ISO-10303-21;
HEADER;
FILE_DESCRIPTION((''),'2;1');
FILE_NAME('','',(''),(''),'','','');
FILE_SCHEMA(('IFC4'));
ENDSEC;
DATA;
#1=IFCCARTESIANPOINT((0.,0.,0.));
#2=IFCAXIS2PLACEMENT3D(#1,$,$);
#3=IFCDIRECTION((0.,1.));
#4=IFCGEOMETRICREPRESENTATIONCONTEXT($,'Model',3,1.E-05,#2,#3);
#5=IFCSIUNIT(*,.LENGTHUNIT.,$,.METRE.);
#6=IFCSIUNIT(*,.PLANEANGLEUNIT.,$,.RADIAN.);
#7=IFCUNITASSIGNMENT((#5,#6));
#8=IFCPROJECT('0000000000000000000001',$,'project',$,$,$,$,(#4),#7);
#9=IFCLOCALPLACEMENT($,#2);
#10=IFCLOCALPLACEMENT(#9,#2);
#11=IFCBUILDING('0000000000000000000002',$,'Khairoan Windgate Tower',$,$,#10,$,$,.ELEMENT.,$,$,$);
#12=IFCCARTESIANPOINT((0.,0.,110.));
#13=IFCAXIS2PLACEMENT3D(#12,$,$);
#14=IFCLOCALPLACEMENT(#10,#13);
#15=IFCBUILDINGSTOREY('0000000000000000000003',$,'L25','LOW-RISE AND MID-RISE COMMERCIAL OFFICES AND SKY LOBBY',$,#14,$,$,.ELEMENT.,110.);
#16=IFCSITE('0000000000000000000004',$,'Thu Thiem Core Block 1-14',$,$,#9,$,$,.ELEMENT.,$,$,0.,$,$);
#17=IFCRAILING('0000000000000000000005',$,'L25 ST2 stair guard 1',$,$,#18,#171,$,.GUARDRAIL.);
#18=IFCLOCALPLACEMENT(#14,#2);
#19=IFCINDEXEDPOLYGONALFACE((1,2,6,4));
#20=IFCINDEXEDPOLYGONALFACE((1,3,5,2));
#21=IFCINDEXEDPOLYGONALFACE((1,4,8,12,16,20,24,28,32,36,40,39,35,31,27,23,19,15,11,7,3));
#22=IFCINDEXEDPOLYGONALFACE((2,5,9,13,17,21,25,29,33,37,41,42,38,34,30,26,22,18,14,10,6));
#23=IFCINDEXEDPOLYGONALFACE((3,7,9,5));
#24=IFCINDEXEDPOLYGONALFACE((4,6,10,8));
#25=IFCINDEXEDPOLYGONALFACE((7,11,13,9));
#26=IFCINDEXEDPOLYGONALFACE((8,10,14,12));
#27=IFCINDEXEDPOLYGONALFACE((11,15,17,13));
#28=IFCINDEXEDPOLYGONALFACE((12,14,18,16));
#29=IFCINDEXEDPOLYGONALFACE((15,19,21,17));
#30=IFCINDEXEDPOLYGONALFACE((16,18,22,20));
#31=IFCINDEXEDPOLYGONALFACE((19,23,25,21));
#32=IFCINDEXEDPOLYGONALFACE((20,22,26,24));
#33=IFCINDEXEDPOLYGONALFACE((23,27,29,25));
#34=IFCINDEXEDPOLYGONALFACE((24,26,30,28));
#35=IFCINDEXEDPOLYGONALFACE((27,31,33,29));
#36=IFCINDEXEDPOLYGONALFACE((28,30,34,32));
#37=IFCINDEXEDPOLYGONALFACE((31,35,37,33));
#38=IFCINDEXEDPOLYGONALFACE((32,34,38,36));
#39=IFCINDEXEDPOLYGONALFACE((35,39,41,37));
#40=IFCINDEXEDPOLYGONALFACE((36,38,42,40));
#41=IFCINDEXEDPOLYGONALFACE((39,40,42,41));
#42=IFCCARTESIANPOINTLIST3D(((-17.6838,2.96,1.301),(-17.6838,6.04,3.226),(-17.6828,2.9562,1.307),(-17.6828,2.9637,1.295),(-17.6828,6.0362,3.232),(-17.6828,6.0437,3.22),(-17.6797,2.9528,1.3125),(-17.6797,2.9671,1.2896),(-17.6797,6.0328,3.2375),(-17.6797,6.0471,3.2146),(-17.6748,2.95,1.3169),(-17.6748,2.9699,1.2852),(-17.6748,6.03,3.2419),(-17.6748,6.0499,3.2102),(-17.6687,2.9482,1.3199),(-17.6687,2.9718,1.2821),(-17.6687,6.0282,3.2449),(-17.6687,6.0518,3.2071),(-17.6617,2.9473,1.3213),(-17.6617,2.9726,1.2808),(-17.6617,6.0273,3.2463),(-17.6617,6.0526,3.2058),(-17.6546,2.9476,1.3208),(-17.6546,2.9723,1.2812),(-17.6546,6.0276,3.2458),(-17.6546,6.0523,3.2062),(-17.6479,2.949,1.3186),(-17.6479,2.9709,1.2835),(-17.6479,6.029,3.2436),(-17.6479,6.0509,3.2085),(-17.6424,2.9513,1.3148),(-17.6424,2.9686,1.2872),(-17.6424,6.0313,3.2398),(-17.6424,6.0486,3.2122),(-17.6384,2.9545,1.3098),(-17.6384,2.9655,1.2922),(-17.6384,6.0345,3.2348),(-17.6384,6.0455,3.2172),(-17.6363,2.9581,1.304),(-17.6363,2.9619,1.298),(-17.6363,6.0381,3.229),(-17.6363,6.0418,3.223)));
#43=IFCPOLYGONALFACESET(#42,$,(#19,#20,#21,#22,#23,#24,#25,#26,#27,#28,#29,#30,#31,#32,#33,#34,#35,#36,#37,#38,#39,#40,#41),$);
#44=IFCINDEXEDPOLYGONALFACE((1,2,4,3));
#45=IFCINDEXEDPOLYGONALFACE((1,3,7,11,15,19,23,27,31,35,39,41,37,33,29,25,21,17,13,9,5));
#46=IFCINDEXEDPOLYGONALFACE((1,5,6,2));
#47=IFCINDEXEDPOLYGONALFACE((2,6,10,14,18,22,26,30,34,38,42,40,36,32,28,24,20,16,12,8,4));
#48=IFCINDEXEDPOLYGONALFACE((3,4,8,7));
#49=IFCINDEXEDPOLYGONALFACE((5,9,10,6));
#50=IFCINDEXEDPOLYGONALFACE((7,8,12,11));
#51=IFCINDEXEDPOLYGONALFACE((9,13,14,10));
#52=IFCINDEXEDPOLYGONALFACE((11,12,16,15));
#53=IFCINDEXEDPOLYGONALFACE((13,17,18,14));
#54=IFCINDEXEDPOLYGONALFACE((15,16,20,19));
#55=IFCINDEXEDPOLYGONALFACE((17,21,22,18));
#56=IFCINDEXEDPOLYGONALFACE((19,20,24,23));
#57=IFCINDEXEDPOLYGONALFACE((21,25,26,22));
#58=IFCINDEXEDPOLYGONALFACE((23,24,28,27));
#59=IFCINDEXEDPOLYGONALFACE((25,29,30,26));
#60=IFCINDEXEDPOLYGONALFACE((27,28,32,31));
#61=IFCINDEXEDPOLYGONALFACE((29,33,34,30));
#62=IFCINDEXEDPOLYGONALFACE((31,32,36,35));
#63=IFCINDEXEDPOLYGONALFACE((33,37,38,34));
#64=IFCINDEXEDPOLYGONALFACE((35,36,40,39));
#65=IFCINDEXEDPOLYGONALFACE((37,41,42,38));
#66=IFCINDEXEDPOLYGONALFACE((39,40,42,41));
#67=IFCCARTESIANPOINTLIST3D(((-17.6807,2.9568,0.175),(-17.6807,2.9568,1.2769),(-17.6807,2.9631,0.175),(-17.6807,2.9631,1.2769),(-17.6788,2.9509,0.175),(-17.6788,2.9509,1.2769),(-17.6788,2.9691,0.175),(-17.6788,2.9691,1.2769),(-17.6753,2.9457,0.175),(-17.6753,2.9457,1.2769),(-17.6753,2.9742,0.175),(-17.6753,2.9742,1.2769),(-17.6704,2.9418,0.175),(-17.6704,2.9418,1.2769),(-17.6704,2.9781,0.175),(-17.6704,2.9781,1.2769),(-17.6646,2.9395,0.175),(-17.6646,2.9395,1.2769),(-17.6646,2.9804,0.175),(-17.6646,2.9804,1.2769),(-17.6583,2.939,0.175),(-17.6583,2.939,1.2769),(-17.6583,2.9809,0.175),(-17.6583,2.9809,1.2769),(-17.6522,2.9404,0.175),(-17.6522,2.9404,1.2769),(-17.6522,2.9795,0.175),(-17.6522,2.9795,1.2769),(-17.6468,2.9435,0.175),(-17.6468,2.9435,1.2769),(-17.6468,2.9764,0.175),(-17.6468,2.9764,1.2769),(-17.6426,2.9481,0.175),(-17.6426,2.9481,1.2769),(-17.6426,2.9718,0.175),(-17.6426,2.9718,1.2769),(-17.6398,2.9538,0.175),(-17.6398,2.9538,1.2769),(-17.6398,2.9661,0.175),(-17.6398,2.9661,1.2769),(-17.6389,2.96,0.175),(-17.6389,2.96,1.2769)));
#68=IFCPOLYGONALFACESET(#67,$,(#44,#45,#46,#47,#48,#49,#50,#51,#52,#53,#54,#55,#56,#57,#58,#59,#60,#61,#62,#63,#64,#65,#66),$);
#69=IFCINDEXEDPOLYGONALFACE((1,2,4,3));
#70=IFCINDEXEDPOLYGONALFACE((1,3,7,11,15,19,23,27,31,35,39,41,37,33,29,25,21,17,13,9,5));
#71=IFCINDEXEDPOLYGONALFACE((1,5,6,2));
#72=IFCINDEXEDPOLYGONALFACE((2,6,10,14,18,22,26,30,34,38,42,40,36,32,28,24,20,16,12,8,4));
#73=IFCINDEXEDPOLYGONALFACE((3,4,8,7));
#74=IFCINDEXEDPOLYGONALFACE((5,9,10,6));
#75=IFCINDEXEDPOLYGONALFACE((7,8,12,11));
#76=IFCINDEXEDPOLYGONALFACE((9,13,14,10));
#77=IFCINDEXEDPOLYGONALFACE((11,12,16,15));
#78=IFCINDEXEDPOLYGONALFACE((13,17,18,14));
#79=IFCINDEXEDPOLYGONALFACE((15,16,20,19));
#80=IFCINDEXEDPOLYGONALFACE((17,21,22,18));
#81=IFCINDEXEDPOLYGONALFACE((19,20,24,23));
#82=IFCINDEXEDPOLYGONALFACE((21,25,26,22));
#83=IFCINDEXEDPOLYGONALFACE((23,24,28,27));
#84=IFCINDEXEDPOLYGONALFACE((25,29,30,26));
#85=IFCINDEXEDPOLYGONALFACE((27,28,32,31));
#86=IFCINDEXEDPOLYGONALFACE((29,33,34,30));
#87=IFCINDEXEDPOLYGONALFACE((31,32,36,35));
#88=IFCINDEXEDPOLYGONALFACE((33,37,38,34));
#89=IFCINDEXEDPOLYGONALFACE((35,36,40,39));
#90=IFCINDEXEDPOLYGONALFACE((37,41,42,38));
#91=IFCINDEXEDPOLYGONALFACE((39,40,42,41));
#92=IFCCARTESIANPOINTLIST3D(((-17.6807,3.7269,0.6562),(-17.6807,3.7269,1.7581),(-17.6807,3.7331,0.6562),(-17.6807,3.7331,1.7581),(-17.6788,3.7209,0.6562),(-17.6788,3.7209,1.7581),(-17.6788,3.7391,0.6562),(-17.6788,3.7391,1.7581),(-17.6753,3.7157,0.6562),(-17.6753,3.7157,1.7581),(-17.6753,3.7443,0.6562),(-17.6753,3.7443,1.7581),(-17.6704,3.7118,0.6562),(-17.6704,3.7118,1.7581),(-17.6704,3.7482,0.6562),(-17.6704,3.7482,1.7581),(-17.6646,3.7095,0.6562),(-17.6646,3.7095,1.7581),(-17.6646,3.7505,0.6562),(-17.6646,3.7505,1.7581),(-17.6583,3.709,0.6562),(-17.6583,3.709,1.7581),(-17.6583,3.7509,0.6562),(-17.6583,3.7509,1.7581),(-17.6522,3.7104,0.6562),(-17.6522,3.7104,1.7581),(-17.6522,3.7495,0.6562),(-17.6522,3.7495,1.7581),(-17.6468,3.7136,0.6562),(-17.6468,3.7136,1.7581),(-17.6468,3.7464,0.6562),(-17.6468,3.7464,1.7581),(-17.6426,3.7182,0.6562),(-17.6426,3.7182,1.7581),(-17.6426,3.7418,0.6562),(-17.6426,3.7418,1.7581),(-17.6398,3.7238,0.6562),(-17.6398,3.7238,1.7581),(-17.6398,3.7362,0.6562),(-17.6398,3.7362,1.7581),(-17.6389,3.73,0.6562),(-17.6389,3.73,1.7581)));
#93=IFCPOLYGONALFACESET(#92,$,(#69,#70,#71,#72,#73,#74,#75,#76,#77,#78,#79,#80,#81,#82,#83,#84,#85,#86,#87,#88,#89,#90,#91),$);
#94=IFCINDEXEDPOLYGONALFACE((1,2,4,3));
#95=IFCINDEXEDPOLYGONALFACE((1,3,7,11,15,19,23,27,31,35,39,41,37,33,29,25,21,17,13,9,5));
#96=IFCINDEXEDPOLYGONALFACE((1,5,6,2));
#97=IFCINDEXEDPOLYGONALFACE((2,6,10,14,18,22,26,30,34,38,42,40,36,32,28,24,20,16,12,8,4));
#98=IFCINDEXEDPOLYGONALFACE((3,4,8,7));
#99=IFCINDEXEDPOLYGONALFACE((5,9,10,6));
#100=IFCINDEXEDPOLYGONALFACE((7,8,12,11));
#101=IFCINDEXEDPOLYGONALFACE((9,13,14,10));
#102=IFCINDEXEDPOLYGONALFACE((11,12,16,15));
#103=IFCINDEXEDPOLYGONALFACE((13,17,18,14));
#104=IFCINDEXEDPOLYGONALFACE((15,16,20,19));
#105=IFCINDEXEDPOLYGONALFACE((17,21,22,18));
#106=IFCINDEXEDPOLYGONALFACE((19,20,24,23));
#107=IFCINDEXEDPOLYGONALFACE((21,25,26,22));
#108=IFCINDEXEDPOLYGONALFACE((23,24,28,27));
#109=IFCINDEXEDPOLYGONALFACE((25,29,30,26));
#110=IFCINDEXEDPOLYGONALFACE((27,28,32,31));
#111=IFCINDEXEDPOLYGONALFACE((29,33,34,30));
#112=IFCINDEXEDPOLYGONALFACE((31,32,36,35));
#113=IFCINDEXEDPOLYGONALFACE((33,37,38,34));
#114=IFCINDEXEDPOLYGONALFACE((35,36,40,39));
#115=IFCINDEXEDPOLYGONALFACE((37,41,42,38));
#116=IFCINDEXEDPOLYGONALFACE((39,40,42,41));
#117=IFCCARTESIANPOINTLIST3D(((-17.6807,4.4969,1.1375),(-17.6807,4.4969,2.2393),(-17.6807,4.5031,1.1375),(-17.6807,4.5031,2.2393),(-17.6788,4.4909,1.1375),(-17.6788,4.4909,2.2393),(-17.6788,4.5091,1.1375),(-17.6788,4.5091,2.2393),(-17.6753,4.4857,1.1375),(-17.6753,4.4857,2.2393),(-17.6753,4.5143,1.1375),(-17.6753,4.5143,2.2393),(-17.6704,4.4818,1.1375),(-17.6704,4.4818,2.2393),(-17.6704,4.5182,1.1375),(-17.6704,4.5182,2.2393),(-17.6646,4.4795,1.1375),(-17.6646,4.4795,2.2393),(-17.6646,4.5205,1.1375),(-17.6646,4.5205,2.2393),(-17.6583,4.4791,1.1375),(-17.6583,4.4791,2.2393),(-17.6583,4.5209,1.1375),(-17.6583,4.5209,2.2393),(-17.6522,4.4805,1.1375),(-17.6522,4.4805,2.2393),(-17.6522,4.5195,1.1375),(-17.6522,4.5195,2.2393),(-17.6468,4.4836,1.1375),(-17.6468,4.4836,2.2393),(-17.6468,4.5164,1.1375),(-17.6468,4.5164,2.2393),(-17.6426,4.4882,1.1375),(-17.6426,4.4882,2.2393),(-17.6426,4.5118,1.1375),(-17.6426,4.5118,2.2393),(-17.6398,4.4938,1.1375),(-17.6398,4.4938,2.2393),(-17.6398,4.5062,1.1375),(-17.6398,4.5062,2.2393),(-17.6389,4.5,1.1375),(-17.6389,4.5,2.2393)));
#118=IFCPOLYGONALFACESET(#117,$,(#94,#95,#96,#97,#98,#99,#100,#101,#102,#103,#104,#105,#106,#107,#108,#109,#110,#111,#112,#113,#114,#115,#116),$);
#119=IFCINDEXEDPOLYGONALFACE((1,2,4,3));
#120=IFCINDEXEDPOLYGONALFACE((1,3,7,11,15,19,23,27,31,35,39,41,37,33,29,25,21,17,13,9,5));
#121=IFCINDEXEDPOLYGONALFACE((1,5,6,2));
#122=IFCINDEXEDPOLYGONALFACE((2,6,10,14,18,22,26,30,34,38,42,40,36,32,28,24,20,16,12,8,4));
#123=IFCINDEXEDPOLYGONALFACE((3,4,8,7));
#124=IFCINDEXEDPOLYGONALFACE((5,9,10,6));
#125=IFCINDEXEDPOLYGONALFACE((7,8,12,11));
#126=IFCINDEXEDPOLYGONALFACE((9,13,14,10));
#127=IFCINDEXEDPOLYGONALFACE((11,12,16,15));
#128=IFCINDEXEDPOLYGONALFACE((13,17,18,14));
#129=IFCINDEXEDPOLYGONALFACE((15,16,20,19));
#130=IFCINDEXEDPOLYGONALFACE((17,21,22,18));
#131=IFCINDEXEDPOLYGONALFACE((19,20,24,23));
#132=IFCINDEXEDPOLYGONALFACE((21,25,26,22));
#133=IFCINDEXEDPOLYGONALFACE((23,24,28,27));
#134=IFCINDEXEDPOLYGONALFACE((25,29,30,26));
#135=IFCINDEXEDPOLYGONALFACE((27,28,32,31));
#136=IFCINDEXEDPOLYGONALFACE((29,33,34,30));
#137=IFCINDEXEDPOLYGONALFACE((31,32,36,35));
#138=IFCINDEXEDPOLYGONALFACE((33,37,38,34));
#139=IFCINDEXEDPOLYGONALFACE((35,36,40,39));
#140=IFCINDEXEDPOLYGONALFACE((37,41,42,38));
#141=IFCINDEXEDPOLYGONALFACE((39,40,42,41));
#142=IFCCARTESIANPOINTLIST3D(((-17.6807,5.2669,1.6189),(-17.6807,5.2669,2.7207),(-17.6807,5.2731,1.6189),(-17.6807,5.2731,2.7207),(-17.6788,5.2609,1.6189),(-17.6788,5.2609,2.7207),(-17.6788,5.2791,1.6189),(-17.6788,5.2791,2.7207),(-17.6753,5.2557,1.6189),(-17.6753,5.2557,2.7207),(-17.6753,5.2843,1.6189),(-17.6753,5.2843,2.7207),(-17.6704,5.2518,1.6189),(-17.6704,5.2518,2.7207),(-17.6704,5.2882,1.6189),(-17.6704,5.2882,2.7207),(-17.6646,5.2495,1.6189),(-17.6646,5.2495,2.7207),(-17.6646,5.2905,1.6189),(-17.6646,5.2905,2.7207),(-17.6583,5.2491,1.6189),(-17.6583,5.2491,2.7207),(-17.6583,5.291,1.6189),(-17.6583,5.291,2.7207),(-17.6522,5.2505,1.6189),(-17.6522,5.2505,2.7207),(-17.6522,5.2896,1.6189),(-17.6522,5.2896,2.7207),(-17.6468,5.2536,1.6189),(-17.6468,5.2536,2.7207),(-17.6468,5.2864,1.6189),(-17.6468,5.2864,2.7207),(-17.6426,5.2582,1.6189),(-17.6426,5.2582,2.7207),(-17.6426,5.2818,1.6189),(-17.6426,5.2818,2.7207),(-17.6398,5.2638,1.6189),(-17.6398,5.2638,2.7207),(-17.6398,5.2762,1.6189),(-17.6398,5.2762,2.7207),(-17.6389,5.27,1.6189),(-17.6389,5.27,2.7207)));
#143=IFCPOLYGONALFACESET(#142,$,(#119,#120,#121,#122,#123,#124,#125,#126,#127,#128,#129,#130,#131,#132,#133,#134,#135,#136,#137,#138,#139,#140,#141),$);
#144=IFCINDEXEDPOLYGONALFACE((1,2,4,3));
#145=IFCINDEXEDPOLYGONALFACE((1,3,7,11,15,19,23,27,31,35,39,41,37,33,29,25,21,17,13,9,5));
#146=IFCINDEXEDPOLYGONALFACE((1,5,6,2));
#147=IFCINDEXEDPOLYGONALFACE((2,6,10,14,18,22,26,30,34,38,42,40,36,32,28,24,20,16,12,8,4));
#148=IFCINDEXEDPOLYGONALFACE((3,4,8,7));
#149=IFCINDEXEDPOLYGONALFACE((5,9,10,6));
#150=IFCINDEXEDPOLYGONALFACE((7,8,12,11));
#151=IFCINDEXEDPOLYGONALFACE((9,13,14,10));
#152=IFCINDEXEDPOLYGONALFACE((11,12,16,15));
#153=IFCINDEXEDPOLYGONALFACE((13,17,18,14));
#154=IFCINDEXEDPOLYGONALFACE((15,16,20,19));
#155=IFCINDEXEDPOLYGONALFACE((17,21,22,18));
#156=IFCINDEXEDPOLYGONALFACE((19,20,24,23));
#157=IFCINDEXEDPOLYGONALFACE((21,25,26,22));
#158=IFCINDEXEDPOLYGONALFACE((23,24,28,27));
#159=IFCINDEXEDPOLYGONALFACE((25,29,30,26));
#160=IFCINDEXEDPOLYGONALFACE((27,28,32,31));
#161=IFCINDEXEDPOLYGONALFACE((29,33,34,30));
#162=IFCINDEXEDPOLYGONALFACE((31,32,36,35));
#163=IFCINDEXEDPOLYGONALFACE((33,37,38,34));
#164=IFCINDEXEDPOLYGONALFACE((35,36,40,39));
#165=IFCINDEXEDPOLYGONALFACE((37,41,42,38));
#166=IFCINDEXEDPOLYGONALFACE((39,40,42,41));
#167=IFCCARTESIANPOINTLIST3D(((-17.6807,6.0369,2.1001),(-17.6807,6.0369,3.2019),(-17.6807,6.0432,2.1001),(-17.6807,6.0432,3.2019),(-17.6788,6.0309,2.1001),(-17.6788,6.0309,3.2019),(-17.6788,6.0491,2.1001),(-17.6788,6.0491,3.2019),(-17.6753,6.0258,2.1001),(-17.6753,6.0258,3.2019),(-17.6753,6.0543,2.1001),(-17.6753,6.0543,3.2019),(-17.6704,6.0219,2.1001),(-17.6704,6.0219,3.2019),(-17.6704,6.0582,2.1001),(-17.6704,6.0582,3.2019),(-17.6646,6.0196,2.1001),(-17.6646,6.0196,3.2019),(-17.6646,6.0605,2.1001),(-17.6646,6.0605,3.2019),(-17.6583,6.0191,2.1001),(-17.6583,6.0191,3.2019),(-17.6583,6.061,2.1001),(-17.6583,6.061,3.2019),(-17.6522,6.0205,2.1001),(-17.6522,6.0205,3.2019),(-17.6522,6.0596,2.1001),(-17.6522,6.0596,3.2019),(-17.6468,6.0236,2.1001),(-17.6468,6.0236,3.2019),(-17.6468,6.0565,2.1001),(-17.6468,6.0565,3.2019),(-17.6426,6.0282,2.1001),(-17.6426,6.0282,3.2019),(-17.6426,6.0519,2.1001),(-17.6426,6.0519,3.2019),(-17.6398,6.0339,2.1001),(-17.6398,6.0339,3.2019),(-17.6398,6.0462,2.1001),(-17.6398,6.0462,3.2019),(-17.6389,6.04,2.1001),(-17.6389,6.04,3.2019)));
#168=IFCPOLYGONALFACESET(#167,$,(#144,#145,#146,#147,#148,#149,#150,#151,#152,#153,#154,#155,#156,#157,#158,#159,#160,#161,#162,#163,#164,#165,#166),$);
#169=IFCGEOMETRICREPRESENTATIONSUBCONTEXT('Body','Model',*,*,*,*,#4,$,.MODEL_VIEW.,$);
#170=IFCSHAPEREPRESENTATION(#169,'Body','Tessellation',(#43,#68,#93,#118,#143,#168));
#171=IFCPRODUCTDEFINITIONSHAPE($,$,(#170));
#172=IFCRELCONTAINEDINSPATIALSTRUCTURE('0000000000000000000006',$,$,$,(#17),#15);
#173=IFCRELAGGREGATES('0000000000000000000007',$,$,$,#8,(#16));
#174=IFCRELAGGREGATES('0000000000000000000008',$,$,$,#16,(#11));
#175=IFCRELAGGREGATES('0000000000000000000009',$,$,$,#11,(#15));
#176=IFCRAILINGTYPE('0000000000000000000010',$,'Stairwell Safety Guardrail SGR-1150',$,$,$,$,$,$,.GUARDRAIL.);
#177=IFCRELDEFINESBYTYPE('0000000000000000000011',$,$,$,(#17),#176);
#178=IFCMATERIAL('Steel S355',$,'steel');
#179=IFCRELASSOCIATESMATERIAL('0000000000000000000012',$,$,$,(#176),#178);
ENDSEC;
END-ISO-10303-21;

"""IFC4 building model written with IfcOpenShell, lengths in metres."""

from ifc_helpers import new_model, si_unit, direction, frame, origin, origin_2d, place, context, subcontext, project, spatial, circle, extrude, material, type_object, element, save


model = new_model("IFC4")

# Units and contexts
model_context = context("Model", 3, precision=1e-05, world=origin(), true_north=direction((0.0, 1.0)))
body_context = subcontext(model_context, "Body", "Model", "MODEL_VIEW")
ifc_project = project(units=[si_unit("LENGTHUNIT", "METRE"), si_unit("PLANEANGLEUNIT", "RADIAN")], contexts=[model_context])

# Site, building, storey
site_placement = place(None, origin())
site = spatial("IfcSite", under=ifc_project, at=site_placement, Name="Thu Thiem Core Block 1-14", CompositionType="ELEMENT", RefElevation=0.0)
building_placement = place(site_placement, origin())
building = spatial("IfcBuilding", under=site, at=building_placement, Name="Khairoan Windgate Tower", CompositionType="ELEMENT")
storey_placement = place(building_placement, frame((0.0, 0.0, 110.0)))
storey = spatial("IfcBuildingStorey", under=building, at=storey_placement, Name="L25", Description="LOW-RISE AND MID-RISE COMMERCIAL OFFICES AND SKY LOBBY", CompositionType="ELEMENT", Elevation=110.0)

# Railing
ifc_material_1 = material(Name="Steel S355", Category="steel")
railing_type_1 = type_object("IfcRailingType", Name="Stairwell Safety Guardrail SGR-1150", PredefinedType="GUARDRAIL", material=ifc_material_1)
railing_1_placement = place(storey_placement, frame((-17.6599, 2.96, 0.175)))
element("IfcRailing", 1, at=railing_1_placement, inside=storey, type_object=railing_type_1, Name="L25 ST2 stair guard 1", PredefinedType="GUARDRAIL", context=body_context, shape_type="SweptSolid", body=[
    extrude(circle(Radius=0.0239, at=origin_2d()), frame((0.0, 0.0, 1.126), z_axis=(0.0, 0.847998, 0.529999), x_axis=(-1.0, 0.0, 0.0)), (0.0, 0.0, 1.0), 3.6321),
    extrude(circle(Radius=0.021, at=origin_2d()), origin(), (0.0, 0.0, 1.0), 1.1018),
    extrude(circle(Radius=0.021, at=origin_2d()), frame((0.0, 0.77, 0.4812)), (0.0, 0.0, 1.0), 1.1018),
    extrude(circle(Radius=0.021, at=origin_2d()), frame((0.0, 1.54, 0.9624)), (0.0, 0.0, 1.0), 1.1018),
    extrude(circle(Radius=0.021, at=origin_2d()), frame((0.0, 2.3101, 1.4438)), (0.0, 0.0, 1.0), 1.1018),
    extrude(circle(Radius=0.021, at=origin_2d()), frame((0.0, 3.0801, 1.925)), (0.0, 0.0, 1.0), 1.1018),
])

save(model, "model.ifc")
